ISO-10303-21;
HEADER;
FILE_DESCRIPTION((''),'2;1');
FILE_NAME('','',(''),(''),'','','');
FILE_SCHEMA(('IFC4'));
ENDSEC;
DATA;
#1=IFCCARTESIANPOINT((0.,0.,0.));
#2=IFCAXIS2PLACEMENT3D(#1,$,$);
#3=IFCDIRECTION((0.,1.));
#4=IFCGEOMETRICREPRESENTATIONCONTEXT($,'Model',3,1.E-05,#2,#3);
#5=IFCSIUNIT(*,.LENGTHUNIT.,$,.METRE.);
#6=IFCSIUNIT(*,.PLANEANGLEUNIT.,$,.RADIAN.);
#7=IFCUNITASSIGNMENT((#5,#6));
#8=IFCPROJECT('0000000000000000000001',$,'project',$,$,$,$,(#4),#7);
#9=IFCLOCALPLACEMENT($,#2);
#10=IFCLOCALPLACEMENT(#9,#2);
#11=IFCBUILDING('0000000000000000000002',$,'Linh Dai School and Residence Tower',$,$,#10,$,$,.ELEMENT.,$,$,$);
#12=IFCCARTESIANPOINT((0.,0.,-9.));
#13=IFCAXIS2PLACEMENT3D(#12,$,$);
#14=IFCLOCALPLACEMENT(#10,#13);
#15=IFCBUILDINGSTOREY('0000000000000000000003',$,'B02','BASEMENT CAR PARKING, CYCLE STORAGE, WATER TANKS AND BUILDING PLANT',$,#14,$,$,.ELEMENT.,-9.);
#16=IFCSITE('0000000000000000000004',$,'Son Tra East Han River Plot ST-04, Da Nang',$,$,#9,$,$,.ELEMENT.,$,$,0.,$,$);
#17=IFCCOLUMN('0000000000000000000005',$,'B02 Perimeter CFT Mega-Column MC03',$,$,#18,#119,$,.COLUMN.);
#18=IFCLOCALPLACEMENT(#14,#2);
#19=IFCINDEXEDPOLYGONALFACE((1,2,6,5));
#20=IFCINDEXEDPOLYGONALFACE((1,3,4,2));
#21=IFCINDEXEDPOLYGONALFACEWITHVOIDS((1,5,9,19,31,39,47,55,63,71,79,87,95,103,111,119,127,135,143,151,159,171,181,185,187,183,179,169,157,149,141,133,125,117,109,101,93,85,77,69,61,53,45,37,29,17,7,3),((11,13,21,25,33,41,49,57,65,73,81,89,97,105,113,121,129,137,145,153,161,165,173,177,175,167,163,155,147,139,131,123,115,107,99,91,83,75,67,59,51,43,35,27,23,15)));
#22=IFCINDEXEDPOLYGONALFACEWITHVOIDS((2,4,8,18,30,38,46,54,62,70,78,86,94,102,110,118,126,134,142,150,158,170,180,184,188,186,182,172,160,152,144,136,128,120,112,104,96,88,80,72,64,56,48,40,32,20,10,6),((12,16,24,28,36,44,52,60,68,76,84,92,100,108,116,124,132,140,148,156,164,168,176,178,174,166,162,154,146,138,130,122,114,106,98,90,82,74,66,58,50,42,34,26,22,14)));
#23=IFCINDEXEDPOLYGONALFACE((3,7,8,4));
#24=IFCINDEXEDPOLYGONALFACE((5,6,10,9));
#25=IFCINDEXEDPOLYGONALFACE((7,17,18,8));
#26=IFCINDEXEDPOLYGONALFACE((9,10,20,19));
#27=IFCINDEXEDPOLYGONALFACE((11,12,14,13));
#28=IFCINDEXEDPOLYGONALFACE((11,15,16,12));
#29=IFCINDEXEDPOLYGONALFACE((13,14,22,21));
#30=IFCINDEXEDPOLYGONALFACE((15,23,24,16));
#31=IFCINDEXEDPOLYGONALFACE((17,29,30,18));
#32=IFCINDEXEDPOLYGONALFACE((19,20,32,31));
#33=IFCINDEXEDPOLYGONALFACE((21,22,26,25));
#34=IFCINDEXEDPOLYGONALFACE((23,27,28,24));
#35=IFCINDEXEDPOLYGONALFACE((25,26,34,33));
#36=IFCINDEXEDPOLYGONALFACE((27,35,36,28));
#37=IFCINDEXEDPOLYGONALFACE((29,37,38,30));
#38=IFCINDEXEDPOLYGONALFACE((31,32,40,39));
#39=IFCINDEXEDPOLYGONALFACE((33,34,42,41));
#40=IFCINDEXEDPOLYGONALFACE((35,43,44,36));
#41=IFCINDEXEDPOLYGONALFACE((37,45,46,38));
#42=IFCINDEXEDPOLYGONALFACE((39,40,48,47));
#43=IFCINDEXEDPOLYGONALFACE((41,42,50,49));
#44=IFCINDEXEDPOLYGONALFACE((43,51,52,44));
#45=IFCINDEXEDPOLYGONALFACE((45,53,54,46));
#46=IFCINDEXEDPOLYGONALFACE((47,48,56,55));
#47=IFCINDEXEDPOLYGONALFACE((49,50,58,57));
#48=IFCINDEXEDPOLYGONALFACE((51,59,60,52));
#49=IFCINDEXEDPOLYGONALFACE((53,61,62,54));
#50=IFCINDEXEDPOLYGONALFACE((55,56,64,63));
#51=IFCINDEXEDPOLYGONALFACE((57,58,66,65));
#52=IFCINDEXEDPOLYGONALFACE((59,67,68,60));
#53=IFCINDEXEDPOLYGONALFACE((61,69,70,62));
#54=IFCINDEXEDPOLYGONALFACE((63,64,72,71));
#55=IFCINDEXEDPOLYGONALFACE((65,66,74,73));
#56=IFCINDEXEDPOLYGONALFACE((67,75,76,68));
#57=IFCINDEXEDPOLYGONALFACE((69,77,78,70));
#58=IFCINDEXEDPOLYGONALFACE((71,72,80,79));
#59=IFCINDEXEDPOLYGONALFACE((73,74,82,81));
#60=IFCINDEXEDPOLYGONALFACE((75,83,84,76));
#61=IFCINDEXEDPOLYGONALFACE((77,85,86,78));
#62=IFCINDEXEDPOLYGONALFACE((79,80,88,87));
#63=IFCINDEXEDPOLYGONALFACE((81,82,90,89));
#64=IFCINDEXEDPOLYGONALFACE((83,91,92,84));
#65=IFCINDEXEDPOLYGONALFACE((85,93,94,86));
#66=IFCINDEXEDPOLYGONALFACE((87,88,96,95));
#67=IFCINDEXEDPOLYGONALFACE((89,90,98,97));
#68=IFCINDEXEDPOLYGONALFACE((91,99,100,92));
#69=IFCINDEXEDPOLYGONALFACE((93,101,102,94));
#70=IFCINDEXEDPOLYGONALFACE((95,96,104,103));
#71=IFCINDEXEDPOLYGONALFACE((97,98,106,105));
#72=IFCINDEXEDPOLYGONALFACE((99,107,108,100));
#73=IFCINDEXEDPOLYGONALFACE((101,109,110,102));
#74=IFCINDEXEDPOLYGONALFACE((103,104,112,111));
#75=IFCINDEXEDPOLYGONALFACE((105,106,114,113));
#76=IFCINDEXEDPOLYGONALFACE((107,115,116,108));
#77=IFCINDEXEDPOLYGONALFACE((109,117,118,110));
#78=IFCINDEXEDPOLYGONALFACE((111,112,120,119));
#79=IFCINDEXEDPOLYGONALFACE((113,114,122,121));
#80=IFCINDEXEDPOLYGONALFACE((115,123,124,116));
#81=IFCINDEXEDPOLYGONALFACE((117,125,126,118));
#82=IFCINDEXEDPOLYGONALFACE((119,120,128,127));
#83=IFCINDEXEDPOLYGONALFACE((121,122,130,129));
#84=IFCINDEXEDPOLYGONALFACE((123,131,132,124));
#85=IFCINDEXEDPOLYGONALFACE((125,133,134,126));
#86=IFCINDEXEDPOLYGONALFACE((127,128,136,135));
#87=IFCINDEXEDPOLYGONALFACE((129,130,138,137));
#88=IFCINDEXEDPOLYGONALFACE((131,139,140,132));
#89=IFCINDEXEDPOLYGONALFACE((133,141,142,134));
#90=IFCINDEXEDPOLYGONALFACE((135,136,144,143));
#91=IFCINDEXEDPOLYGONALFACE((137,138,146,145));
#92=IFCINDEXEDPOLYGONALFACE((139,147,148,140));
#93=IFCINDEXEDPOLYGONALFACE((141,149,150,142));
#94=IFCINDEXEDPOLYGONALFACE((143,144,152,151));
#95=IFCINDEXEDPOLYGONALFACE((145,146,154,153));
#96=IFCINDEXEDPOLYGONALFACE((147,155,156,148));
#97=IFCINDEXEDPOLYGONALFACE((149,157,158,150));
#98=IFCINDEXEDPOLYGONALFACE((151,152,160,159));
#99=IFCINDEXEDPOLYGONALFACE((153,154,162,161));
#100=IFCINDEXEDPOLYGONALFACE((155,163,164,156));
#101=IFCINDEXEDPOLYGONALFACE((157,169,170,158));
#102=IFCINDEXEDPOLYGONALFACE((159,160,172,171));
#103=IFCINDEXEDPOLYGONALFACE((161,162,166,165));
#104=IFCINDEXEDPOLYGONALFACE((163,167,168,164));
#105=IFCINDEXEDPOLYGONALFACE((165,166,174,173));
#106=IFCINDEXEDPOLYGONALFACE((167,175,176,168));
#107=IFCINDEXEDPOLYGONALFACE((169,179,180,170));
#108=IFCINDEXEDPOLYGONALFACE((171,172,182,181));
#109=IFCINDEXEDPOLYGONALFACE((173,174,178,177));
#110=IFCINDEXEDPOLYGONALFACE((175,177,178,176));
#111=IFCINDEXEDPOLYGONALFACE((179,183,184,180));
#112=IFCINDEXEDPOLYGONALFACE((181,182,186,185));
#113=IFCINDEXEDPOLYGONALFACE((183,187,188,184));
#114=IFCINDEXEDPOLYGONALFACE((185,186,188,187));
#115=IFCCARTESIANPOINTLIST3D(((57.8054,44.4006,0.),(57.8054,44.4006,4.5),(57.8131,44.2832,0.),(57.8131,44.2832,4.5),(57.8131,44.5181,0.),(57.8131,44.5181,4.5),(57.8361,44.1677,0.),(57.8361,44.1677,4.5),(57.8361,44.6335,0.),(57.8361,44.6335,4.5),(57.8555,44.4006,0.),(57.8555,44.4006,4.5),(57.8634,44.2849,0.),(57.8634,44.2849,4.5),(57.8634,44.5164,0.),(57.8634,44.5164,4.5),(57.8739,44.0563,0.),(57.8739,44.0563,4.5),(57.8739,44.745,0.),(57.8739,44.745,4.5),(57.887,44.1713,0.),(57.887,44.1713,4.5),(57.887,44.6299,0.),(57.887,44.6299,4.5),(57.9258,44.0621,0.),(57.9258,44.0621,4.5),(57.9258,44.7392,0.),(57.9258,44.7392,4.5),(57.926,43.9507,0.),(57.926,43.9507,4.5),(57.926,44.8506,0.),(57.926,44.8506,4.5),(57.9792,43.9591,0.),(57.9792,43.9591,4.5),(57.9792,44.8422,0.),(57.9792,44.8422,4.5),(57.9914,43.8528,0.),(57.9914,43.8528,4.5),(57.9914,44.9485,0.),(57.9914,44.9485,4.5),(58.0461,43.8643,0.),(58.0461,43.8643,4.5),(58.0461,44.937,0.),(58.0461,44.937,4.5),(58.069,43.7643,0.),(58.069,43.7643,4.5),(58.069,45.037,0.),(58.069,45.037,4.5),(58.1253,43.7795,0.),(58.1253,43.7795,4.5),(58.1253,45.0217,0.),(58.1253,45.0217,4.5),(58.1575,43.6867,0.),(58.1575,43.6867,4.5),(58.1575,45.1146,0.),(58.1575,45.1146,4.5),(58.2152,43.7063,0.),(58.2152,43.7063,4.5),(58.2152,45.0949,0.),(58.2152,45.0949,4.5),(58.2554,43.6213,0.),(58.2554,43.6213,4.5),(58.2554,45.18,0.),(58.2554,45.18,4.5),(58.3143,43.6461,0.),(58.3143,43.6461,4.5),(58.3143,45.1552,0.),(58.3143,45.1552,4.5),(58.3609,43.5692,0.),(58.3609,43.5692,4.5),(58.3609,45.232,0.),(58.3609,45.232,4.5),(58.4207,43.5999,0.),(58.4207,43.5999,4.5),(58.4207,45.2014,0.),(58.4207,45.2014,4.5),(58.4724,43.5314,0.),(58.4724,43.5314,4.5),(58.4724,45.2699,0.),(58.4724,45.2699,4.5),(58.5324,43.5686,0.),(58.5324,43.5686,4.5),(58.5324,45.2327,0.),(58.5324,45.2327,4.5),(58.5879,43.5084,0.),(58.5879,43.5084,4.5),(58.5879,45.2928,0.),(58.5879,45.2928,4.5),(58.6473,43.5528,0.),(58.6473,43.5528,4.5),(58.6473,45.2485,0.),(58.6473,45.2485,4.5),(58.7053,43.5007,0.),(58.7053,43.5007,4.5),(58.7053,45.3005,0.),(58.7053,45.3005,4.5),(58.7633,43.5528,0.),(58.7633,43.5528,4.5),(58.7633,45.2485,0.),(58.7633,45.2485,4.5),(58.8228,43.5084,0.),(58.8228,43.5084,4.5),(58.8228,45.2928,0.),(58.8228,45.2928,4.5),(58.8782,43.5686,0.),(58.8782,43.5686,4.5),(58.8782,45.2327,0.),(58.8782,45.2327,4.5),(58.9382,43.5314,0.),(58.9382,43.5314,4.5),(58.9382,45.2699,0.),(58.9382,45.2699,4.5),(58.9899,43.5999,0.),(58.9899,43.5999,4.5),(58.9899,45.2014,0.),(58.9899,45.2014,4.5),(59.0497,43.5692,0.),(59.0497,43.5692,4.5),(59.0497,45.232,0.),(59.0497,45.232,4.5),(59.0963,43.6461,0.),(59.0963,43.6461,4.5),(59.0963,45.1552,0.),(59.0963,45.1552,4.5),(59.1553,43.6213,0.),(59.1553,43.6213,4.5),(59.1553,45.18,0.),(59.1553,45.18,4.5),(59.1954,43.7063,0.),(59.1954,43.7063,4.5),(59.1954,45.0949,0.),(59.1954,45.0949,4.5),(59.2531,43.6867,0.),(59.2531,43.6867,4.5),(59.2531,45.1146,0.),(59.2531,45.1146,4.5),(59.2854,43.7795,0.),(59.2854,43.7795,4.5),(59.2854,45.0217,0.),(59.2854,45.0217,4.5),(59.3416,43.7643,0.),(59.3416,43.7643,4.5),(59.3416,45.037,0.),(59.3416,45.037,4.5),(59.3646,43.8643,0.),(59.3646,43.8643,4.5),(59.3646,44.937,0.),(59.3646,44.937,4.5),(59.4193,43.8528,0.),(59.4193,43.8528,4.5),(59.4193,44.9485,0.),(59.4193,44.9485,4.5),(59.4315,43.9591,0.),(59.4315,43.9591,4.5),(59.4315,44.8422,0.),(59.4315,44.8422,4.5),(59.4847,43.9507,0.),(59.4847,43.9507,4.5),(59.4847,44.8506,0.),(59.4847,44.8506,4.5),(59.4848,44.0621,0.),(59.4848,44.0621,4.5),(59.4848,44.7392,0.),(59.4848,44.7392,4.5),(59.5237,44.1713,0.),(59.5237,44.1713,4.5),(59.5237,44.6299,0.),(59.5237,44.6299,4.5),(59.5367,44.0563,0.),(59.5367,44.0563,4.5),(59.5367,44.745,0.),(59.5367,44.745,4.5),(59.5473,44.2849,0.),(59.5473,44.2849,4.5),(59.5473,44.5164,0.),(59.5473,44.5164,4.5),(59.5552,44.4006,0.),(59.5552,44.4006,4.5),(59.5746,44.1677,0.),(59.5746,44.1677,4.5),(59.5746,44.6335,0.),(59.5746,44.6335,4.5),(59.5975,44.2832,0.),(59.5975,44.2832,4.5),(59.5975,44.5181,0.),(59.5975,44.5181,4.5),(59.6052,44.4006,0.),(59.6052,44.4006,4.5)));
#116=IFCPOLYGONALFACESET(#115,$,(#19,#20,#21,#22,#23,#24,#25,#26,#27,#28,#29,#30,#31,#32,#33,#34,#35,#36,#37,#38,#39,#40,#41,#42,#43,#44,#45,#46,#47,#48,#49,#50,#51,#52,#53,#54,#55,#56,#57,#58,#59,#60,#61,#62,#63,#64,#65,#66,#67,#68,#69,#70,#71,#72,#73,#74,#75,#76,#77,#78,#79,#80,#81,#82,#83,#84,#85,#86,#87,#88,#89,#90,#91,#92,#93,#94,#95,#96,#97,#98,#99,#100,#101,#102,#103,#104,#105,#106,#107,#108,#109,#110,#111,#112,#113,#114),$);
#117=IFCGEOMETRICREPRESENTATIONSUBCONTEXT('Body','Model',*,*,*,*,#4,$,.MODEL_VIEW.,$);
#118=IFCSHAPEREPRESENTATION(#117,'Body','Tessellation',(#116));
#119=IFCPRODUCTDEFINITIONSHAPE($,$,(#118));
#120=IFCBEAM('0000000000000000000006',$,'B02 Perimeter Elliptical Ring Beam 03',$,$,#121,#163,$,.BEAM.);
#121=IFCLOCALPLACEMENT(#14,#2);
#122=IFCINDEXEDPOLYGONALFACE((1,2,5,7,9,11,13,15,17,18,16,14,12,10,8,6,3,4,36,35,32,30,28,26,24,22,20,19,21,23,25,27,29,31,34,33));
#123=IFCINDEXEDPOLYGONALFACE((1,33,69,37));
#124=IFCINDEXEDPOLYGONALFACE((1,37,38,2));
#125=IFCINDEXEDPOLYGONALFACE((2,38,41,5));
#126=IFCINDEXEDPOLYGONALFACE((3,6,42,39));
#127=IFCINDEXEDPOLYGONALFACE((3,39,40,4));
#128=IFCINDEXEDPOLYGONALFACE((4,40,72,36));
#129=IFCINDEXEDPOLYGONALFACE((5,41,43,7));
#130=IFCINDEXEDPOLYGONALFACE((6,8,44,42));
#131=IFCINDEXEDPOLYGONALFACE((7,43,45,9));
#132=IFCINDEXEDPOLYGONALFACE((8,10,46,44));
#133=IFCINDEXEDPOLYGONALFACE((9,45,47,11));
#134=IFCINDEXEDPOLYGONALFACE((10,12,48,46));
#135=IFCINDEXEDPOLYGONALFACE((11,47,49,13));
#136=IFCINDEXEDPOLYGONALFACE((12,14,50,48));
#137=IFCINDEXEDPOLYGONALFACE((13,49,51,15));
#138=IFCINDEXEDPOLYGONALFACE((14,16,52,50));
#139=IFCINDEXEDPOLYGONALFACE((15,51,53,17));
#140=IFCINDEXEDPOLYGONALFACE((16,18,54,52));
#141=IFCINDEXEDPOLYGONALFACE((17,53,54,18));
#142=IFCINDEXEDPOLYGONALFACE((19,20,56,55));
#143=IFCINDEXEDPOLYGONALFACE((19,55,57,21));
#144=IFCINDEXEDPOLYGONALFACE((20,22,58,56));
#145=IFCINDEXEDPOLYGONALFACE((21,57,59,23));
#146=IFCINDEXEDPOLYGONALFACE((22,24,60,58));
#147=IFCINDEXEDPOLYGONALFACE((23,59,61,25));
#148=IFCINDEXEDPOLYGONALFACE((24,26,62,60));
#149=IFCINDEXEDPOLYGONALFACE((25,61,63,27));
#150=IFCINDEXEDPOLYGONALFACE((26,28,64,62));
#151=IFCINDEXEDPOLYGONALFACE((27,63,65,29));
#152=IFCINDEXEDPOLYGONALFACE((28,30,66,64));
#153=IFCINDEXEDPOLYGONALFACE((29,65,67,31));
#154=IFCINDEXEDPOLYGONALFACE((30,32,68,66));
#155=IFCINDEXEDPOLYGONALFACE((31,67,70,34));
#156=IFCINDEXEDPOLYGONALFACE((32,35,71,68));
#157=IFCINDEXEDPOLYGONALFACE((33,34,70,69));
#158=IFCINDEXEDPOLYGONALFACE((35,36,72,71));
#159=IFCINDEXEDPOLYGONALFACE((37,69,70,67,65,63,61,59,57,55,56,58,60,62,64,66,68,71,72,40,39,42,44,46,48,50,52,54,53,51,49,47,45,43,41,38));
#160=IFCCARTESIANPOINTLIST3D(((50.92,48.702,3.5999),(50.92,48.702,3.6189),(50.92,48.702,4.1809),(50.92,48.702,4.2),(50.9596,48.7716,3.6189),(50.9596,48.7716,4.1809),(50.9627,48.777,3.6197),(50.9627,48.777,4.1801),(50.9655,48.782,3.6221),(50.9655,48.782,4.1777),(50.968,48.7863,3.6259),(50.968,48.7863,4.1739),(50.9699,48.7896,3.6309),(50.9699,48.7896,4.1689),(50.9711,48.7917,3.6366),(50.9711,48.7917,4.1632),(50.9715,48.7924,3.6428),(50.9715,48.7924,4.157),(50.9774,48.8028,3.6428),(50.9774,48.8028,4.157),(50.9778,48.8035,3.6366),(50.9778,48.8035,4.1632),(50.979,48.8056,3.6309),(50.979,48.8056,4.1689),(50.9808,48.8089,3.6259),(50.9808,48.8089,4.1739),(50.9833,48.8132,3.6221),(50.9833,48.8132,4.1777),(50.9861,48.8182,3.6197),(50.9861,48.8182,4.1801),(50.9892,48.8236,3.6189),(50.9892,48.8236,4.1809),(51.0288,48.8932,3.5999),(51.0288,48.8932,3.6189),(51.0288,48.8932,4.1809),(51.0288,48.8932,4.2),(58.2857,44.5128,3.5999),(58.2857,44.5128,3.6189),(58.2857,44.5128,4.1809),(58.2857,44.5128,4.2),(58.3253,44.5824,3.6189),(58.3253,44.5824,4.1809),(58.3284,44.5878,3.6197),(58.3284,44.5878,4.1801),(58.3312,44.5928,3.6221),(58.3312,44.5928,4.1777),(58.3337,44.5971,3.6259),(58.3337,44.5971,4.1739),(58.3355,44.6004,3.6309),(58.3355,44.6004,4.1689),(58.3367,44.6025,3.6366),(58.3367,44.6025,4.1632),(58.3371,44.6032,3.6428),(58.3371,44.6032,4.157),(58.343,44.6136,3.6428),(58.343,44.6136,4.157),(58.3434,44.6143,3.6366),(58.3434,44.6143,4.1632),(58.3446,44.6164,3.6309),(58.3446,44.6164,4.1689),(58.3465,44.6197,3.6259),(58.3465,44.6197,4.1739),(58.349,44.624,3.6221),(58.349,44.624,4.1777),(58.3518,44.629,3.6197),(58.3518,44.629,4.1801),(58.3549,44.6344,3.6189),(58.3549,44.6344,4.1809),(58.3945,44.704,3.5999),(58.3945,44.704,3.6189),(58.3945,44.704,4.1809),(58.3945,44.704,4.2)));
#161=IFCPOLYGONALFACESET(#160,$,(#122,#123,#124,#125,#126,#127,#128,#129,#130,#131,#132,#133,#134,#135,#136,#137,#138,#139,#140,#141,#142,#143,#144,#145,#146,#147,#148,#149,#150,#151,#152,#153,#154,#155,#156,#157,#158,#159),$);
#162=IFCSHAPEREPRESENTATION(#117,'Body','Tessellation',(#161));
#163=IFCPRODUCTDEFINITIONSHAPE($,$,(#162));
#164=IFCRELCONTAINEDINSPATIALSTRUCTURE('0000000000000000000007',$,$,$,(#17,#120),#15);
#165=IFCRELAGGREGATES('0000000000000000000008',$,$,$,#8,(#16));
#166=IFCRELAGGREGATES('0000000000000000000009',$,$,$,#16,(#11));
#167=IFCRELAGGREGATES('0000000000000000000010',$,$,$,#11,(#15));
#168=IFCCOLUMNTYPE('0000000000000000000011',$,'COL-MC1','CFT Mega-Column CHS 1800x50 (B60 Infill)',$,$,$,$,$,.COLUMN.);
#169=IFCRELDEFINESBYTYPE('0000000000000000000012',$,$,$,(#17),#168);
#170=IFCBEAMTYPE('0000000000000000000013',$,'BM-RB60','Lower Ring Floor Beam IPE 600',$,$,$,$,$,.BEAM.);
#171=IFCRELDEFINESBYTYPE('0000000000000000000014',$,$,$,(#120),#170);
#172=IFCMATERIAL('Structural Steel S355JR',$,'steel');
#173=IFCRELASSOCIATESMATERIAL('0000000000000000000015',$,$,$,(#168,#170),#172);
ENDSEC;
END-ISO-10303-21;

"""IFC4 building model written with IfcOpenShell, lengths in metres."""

from ifc_helpers import new_model, si_unit, direction, frame, origin, origin_2d, place, context, subcontext, project, spatial, hollow_circle, i_section, extrude, material, material_profile, profile_set, type_object, element, save


model = new_model("IFC4")

# Units and contexts
model_context = context("Model", 3, precision=1e-05, world=origin(), true_north=direction((0.0, 1.0)))
body_context = subcontext(model_context, "Body", "Model", "MODEL_VIEW")
ifc_project = project(units=[si_unit("LENGTHUNIT", "METRE"), si_unit("PLANEANGLEUNIT", "RADIAN")], contexts=[model_context])

# Site, building, storey
site_placement = place(None, origin())
site = spatial("IfcSite", under=ifc_project, at=site_placement, Name="Son Tra East Han River Plot ST-04, Da Nang", CompositionType="ELEMENT", RefElevation=0.0)
building_placement = place(site_placement, origin())
building = spatial("IfcBuilding", under=site, at=building_placement, Name="Linh Dai School and Residence Tower", CompositionType="ELEMENT")
storey_placement = place(building_placement, frame((0.0, 0.0, -9.0)))
storey = spatial("IfcBuildingStorey", under=building, at=storey_placement, Name="B02", Description="BASEMENT CAR PARKING, CYCLE STORAGE, WATER TANKS AND BUILDING PLANT", CompositionType="ELEMENT", Elevation=-9.0)

# Column
ifc_material_1 = material(Name="Structural Steel S355JR", Category="steel")
ifc_material_profile_1 = material_profile(ifc_material_1, hollow_circle(Radius=0.8999, WallThickness=0.05, at=origin_2d()), Name="CHS 1800x50")
ifc_profile_set_1 = profile_set([ifc_material_profile_1], Name="Structural Steel S355JR")
column_type = type_object("IfcColumnType", Name="COL-MC1", Description="CFT Mega-Column CHS 1800x50 (B60 Infill)", PredefinedType="COLUMN", material=ifc_profile_set_1)
column_placement = place(storey_placement, frame((58.7053, 44.4006, 0.0), z_axis=(0.0, 0.0, 1.0), x_axis=(1.0, 0.0, 0.0)))
element("IfcColumn", 1, at=column_placement, inside=storey, type_object=column_type, Name="B02 Perimeter CFT Mega-Column MC03", PredefinedType="COLUMN", context=body_context, shape_type="SweptSolid", body=[
    extrude(hollow_circle(Radius=0.8999, WallThickness=0.05, at=origin_2d()), origin(), (0.0, 0.0, 1.0), 4.5),
])

# Beam
ifc_material_profile_2 = material_profile(ifc_material_1, i_section(OverallWidth=0.22, OverallDepth=0.6001, WebThickness=0.012, FlangeThickness=0.019, FilletRadius=0.0239, at=origin_2d()), Name="IPE 600")
ifc_profile_set_2 = profile_set([ifc_material_profile_2], Name="Structural Steel S355JR")
beam_type_1 = type_object("IfcBeamType", Name="BM-RB60", Description="Lower Ring Floor Beam IPE 600", PredefinedType="BEAM", material=ifc_profile_set_2)
beam_1_placement = place(storey_placement, frame((58.3401, 44.6084, 3.8999), z_axis=(-0.869247, 0.494379, 0.0), x_axis=(-0.494379, -0.869247, 0.0)))
element("IfcBeam", 2, at=beam_1_placement, inside=storey, type_object=beam_type_1, Name="B02 Perimeter Elliptical Ring Beam 03", PredefinedType="BEAM", context=body_context, shape_type="SweptSolid", body=[
    extrude(i_section(OverallWidth=0.22, OverallDepth=0.6001, WebThickness=0.012, FlangeThickness=0.019, FilletRadius=0.0239, at=origin_2d()), origin(), (0.0, 0.0, 1.0), 8.4736),
])

save(model, "model.ifc")
